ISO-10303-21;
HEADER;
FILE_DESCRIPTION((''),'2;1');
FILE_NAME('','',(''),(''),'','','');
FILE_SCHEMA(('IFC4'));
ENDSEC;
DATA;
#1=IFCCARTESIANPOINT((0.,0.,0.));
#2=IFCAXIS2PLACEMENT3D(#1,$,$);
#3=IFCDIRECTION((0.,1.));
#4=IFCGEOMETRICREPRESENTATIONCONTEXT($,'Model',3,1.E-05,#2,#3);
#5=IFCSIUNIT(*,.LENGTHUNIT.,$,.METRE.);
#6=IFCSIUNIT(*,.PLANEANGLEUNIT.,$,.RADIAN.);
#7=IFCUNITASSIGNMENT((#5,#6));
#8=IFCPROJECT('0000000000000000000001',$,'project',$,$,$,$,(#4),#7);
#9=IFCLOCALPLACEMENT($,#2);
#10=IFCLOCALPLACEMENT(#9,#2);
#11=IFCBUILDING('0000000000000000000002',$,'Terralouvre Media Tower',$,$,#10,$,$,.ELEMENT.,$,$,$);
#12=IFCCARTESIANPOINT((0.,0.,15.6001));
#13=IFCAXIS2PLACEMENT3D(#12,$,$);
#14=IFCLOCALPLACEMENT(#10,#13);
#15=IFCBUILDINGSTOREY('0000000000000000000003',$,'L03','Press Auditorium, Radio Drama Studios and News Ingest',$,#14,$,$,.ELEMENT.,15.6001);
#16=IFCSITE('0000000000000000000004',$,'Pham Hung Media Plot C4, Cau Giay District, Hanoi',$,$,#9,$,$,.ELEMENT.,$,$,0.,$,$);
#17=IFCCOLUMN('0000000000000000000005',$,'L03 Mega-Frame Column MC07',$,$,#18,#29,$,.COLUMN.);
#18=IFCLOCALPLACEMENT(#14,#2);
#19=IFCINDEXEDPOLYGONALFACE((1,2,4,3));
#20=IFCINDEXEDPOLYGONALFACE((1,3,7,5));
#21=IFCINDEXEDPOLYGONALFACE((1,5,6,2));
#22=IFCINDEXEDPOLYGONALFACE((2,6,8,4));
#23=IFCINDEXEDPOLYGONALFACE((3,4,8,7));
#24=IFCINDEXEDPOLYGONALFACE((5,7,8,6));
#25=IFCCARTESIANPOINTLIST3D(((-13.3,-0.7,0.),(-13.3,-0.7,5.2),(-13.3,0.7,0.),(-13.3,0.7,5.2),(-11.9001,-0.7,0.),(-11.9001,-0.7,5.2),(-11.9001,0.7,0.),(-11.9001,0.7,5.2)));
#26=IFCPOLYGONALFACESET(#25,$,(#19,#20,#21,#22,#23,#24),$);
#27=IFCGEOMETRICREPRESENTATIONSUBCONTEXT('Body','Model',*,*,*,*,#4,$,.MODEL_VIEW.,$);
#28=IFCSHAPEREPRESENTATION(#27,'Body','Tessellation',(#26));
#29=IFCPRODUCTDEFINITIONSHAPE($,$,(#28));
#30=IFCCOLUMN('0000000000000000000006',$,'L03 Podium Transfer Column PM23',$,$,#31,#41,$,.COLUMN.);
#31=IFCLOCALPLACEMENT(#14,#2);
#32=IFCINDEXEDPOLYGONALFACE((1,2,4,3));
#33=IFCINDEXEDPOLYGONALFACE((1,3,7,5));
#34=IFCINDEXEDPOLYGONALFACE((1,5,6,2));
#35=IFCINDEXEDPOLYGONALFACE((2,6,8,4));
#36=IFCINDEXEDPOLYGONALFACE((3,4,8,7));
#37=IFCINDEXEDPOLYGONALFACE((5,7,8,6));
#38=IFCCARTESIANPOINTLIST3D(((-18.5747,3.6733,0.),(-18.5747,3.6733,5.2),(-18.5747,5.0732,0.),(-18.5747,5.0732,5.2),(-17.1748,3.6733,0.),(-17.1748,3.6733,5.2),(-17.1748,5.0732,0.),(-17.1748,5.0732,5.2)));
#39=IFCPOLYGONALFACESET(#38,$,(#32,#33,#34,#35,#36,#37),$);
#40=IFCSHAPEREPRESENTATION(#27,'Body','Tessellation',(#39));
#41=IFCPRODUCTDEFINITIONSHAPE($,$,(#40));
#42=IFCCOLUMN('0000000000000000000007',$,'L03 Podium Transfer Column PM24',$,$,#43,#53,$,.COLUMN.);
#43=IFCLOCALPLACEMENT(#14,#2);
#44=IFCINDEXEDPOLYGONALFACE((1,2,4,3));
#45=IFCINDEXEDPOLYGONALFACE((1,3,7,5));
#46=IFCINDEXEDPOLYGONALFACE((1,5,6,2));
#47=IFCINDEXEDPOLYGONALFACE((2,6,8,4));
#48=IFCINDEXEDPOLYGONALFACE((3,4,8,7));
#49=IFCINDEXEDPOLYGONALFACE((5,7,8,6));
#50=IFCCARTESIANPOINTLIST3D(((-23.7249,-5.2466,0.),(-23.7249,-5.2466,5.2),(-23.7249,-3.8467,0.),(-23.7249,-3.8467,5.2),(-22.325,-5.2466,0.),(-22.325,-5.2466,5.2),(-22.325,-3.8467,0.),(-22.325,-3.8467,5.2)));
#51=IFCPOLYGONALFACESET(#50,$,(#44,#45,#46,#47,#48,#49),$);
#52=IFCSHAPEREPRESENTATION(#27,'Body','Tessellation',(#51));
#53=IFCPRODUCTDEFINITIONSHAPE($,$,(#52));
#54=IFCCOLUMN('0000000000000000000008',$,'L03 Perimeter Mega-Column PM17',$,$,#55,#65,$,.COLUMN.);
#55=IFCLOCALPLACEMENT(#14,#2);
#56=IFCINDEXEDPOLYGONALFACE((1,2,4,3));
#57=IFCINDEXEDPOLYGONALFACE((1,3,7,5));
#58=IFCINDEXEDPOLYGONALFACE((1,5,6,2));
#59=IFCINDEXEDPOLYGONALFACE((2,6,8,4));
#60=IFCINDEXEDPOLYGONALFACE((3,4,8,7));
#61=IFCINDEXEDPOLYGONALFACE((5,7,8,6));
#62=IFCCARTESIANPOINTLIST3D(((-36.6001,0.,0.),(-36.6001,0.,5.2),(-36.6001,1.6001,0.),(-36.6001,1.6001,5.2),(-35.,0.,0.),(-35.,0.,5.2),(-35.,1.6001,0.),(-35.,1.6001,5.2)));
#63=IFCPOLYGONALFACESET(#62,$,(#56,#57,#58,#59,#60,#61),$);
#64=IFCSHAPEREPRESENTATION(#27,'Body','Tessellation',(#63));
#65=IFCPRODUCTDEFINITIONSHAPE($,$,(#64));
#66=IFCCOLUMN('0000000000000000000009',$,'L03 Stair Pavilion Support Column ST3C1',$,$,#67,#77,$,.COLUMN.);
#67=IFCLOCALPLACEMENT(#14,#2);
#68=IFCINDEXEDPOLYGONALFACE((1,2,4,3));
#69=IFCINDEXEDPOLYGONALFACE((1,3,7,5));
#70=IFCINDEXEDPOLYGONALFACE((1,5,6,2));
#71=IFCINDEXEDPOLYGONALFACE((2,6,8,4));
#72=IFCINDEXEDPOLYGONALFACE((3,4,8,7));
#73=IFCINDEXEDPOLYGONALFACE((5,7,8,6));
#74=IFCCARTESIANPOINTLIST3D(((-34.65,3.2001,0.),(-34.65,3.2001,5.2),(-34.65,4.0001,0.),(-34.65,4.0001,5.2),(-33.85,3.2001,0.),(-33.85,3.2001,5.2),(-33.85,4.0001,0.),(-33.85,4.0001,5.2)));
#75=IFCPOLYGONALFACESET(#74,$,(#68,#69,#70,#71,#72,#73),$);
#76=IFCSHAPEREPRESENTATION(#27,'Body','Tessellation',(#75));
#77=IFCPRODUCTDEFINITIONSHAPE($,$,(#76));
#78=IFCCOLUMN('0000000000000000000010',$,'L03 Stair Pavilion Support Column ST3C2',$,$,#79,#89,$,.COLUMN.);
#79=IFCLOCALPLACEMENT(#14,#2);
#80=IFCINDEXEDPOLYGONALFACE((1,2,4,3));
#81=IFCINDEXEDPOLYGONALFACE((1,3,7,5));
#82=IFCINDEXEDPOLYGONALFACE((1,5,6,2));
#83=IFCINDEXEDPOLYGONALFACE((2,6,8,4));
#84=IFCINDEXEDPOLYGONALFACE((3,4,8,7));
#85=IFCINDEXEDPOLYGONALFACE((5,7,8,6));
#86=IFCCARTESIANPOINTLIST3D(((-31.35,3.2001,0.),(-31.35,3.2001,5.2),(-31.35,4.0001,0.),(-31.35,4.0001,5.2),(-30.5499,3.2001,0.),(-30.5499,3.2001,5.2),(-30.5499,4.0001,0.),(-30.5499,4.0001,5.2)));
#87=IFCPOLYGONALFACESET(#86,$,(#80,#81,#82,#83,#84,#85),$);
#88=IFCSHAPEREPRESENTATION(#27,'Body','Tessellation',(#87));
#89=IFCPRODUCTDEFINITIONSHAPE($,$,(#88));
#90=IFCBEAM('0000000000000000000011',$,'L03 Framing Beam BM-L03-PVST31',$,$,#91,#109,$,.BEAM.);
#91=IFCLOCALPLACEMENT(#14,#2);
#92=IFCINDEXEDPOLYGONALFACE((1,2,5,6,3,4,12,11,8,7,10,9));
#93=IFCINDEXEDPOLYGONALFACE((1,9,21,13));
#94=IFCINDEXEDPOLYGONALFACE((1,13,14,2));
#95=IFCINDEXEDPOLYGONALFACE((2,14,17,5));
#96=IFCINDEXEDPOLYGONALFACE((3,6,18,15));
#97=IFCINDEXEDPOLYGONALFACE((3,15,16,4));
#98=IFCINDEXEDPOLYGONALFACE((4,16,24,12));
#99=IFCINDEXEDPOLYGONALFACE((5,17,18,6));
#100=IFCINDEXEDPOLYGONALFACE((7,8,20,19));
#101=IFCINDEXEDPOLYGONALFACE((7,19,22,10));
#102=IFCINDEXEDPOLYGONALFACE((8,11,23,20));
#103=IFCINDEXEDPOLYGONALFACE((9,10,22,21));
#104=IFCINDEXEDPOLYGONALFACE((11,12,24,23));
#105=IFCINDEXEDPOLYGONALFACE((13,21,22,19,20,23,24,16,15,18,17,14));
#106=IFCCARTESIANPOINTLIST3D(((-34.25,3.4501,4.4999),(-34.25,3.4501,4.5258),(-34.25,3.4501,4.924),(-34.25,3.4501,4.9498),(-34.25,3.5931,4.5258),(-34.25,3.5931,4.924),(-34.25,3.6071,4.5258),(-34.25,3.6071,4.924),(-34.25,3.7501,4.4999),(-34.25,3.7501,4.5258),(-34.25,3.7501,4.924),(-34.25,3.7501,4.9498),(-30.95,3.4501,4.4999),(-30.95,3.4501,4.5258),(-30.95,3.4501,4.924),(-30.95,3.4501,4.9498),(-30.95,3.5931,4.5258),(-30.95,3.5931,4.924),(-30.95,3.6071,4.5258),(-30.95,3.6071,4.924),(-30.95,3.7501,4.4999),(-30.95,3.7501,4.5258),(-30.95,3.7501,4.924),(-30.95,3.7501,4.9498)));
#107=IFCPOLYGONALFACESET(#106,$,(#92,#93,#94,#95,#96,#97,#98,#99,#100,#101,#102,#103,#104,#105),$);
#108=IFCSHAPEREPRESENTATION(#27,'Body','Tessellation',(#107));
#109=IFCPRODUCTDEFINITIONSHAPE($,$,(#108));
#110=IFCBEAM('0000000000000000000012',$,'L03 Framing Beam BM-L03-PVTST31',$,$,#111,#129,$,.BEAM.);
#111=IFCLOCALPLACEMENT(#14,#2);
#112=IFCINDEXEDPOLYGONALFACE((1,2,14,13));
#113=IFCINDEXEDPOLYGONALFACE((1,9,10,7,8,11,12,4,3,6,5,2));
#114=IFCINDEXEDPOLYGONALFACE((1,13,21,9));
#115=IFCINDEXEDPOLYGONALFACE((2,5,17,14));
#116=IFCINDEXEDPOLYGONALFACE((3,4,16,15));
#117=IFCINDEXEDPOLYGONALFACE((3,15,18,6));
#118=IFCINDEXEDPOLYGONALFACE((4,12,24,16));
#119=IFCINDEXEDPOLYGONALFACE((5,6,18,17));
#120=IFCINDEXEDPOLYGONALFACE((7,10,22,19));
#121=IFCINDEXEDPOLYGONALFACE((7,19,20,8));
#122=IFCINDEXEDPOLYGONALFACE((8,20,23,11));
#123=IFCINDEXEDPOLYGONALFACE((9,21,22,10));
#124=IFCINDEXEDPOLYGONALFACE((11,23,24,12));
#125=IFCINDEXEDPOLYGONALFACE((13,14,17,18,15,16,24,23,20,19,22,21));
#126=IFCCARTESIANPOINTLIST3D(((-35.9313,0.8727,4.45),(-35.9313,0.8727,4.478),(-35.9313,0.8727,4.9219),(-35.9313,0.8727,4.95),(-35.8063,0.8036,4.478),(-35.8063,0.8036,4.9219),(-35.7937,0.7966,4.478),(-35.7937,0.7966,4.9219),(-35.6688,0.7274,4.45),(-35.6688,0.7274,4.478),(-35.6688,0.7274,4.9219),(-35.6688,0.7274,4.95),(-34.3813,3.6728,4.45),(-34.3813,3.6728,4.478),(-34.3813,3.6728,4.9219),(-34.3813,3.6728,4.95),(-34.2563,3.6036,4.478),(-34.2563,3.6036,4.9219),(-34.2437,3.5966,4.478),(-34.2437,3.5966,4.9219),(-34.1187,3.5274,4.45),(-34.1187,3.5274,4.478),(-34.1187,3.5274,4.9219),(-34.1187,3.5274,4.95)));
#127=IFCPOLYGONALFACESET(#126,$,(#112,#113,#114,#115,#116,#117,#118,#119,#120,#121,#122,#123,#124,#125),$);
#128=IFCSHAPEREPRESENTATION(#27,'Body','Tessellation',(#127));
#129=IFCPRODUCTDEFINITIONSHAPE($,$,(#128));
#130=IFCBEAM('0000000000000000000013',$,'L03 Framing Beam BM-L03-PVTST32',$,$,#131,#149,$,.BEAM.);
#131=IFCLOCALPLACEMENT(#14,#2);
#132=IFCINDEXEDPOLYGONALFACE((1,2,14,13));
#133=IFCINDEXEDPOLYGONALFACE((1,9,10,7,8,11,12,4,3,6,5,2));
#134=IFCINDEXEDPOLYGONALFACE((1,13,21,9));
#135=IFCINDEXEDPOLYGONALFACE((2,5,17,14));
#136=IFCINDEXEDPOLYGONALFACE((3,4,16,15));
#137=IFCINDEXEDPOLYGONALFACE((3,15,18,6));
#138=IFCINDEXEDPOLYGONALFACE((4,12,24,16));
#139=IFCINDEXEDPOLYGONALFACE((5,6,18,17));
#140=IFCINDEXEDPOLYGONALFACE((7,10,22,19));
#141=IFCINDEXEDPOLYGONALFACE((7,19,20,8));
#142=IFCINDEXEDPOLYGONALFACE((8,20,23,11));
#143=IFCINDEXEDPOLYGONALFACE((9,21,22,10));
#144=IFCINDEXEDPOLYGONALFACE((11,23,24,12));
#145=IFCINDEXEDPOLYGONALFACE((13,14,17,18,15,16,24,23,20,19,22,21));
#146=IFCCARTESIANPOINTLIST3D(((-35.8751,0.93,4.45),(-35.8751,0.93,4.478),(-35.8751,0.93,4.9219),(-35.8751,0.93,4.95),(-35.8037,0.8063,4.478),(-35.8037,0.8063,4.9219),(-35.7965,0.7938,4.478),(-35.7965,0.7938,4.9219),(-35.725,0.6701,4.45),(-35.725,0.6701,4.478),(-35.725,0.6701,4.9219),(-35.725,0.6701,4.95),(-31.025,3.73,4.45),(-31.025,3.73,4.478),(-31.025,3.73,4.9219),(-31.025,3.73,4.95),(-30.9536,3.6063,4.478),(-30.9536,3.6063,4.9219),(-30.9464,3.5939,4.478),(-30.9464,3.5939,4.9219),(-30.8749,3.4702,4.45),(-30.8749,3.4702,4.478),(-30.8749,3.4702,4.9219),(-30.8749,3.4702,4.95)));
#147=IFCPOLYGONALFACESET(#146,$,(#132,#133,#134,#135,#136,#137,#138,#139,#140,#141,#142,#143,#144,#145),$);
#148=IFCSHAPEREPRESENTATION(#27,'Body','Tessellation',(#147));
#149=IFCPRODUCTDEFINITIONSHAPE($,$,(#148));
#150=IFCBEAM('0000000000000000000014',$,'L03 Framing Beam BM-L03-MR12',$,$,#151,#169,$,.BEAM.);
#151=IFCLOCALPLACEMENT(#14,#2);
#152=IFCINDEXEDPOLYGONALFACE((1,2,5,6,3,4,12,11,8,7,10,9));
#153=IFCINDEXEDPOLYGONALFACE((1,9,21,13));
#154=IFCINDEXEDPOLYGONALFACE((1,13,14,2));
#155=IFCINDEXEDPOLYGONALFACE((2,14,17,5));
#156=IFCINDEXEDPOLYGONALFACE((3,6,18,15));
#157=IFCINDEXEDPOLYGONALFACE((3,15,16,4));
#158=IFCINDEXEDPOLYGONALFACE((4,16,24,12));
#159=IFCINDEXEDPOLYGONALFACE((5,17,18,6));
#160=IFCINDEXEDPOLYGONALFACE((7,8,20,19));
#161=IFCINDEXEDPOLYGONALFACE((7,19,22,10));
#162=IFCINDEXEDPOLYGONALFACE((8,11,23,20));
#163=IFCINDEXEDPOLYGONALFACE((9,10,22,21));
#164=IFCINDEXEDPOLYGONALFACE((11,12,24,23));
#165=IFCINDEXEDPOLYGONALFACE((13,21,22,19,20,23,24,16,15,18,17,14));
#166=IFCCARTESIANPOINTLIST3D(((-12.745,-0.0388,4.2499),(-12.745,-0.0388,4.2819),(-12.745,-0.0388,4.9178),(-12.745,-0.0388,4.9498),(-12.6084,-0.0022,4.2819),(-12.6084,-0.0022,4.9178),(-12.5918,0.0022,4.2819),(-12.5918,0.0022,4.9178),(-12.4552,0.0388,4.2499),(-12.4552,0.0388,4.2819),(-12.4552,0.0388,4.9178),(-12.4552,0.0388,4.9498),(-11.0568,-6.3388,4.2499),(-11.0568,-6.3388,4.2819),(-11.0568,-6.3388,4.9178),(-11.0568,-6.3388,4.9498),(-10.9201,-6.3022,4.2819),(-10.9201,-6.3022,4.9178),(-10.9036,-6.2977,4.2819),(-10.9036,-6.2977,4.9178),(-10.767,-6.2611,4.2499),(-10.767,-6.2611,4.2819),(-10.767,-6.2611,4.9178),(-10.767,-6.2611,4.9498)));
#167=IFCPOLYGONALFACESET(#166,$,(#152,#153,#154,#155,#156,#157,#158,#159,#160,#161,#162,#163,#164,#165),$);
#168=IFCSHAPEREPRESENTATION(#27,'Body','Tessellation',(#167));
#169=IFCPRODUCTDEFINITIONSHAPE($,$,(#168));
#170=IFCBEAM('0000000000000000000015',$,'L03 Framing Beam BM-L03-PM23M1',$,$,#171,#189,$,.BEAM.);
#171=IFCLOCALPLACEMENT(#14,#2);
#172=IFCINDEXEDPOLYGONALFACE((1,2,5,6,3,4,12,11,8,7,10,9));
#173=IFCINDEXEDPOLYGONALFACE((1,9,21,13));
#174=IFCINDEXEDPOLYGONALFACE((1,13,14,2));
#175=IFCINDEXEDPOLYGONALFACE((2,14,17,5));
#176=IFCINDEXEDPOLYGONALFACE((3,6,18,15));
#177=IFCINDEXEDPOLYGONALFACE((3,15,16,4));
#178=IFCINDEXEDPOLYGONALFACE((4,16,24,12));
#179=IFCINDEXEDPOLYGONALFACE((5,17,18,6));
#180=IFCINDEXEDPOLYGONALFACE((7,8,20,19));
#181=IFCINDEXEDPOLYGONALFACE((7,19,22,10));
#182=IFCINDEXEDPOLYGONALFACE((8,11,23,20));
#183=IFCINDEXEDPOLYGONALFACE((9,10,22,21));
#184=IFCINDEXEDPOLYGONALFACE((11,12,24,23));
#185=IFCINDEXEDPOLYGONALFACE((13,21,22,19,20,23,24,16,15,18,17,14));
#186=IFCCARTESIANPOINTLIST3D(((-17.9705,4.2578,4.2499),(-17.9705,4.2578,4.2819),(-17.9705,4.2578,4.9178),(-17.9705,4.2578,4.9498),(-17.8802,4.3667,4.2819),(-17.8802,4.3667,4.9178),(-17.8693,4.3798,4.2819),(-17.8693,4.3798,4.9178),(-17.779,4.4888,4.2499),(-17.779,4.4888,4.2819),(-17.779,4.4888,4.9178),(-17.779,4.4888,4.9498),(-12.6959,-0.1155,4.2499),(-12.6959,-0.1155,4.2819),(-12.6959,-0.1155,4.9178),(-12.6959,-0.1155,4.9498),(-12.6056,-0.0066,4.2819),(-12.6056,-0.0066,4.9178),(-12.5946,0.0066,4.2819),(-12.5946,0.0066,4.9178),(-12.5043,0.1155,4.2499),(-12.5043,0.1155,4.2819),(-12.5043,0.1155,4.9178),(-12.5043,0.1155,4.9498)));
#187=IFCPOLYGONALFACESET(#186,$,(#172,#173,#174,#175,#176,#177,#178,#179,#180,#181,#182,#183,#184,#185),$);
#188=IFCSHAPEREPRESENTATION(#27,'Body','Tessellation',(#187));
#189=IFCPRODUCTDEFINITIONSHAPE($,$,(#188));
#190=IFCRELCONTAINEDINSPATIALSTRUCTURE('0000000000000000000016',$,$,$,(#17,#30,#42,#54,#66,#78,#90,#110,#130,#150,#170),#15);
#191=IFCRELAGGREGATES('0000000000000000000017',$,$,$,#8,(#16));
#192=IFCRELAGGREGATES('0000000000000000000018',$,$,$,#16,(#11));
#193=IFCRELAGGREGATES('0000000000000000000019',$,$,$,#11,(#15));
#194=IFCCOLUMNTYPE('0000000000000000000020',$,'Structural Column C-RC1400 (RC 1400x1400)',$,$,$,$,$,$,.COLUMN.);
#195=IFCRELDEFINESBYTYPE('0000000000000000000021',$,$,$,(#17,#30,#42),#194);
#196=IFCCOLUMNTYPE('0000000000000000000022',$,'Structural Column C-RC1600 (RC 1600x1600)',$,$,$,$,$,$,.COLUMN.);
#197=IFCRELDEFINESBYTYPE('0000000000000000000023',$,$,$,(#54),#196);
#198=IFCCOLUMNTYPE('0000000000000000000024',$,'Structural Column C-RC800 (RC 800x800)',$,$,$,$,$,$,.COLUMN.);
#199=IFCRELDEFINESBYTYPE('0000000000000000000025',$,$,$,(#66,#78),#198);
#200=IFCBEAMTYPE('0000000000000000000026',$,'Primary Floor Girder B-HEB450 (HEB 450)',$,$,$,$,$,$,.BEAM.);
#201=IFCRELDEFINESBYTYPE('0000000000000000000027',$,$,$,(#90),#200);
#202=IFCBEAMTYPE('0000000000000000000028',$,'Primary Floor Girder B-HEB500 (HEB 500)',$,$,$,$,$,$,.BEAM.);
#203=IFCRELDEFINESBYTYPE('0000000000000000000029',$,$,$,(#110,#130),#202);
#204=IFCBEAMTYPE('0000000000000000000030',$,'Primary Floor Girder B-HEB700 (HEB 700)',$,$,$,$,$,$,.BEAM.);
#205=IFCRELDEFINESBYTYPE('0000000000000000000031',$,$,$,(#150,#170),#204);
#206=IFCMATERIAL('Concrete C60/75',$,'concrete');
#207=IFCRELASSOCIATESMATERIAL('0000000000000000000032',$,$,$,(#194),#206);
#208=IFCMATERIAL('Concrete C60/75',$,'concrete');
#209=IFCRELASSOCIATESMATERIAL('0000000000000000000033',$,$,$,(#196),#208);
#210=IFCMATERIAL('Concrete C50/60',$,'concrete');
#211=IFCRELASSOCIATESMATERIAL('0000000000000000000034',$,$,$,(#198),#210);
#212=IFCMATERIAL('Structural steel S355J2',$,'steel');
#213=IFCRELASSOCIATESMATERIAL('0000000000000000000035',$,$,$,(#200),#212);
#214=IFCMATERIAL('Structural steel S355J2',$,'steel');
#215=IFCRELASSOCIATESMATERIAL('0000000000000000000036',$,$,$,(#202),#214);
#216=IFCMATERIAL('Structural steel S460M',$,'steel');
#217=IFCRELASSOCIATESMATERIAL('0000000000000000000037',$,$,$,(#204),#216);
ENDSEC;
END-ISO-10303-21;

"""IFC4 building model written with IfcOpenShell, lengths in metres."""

from ifc_helpers import new_model, si_unit, direction, frame, origin, origin_2d, place, context, subcontext, project, spatial, rectangle, i_section, extrude, material, material_profile, profile_set, type_object, element, save


model = new_model("IFC4")

# Units and contexts
model_context = context("Model", 3, precision=1e-05, world=origin(), true_north=direction((0.0, 1.0)))
body_context = subcontext(model_context, "Body", "Model", "MODEL_VIEW")
ifc_project = project(units=[si_unit("LENGTHUNIT", "METRE"), si_unit("PLANEANGLEUNIT", "RADIAN")], contexts=[model_context])

# Site, building, storey
site_placement = place(None, origin())
site = spatial("IfcSite", under=ifc_project, at=site_placement, Name="Pham Hung Media Plot C4, Cau Giay District, Hanoi", CompositionType="ELEMENT", RefElevation=0.0)
building_placement = place(site_placement, origin())
building = spatial("IfcBuilding", under=site, at=building_placement, Name="Terralouvre Media Tower", CompositionType="ELEMENT")
storey_placement = place(building_placement, frame((0.0, 0.0, 15.6001)))
storey = spatial("IfcBuildingStorey", under=building, at=storey_placement, Name="L03", Description="Press Auditorium, Radio Drama Studios and News Ingest", CompositionType="ELEMENT", Elevation=15.6001)

# Columns
ifc_material_1 = material(Name="Concrete C60/75", Category="concrete")
ifc_material_profile_1 = material_profile(ifc_material_1, rectangle(XDim=1.3999, YDim=1.3999, at=origin_2d()), Name="RC 1400x1400")
ifc_profile_set_1 = profile_set([ifc_material_profile_1], Name="Concrete C60/75")
column_type_1 = type_object("IfcColumnType", Name="Structural Column C-RC1400 (RC 1400x1400)", PredefinedType="COLUMN", material=ifc_profile_set_1)
for number, where, z_axis, x_axis, name in (
    (1, (-12.6001, 0.0, 0.0), (0.0, 0.0, 1.0), (1.0, 0.0, 0.0), "L03 Mega-Frame Column MC07"),
    (2, (-17.8748, 4.3733, 0.0), (0.0, 0.0, 1.0), (1.0, 0.0, 0.0), "L03 Podium Transfer Column PM23"),
    (3, (-23.0249, -4.5466, 0.0), (0.0, 0.0, 1.0), (1.0, 0.0, 0.0), "L03 Podium Transfer Column PM24"),
):
    element("IfcColumn", number, at=place(storey_placement, frame(where, z_axis=z_axis, x_axis=x_axis)), inside=storey, type_object=column_type_1, Name=name, PredefinedType="COLUMN", context=body_context, shape_type="SweptSolid", body=[
        extrude(rectangle(XDim=1.3999, YDim=1.3999, at=origin_2d()), origin(), (0.0, 0.0, 1.0), 5.2),
    ])
ifc_material_2 = material(Name="Concrete C60/75", Category="concrete")
ifc_material_profile_2 = material_profile(ifc_material_2, rectangle(XDim=1.6001, YDim=1.6001, at=origin_2d()), Name="RC 1600x1600")
ifc_profile_set_2 = profile_set([ifc_material_profile_2], Name="Concrete C60/75")
column_type_2 = type_object("IfcColumnType", Name="Structural Column C-RC1600 (RC 1600x1600)", PredefinedType="COLUMN", material=ifc_profile_set_2)
column_placement = place(storey_placement, frame((-35.8, 0.8, 0.0), z_axis=(0.0, 0.0, 1.0), x_axis=(1.0, 0.0, 0.0)))
element("IfcColumn", 4, at=column_placement, inside=storey, type_object=column_type_2, Name="L03 Perimeter Mega-Column PM17", PredefinedType="COLUMN", context=body_context, shape_type="SweptSolid", body=[
    extrude(rectangle(XDim=1.6001, YDim=1.6001, at=origin_2d()), origin(), (0.0, 0.0, 1.0), 5.2),
])
ifc_material_3 = material(Name="Concrete C50/60", Category="concrete")
ifc_material_profile_3 = material_profile(ifc_material_3, rectangle(XDim=0.8, YDim=0.8, at=origin_2d()), Name="RC 800x800")
ifc_profile_set_3 = profile_set([ifc_material_profile_3], Name="Concrete C50/60")
column_type_3 = type_object("IfcColumnType", Name="Structural Column C-RC800 (RC 800x800)", PredefinedType="COLUMN", material=ifc_profile_set_3)
for number, where, z_axis, x_axis, name in (
    (5, (-34.25, 3.6001, 0.0), (0.0, 0.0, 1.0), (1.0, 0.0, 0.0), "L03 Stair Pavilion Support Column ST3C1"),
    (6, (-30.95, 3.6001, 0.0), (0.0, 0.0, 1.0), (1.0, 0.0, 0.0), "L03 Stair Pavilion Support Column ST3C2"),
):
    element("IfcColumn", number, at=place(storey_placement, frame(where, z_axis=z_axis, x_axis=x_axis)), inside=storey, type_object=column_type_3, Name=name, PredefinedType="COLUMN", context=body_context, shape_type="SweptSolid", body=[
        extrude(rectangle(XDim=0.8, YDim=0.8, at=origin_2d()), origin(), (0.0, 0.0, 1.0), 5.2),
    ])

# Beams
ifc_material_4 = material(Name="Structural steel S355J2", Category="steel")
ifc_material_profile_4 = material_profile(ifc_material_4, i_section(OverallWidth=0.3, OverallDepth=0.45, WebThickness=0.0139, FlangeThickness=0.0259, at=origin_2d()), Name="HEB 450")
ifc_profile_set_4 = profile_set([ifc_material_profile_4], Name="Structural steel S355J2")
beam_type_1 = type_object("IfcBeamType", Name="Primary Floor Girder B-HEB450 (HEB 450)", PredefinedType="BEAM", material=ifc_profile_set_4)
beam_1_placement = place(storey_placement, frame((-34.25, 3.6001, 4.7249), z_axis=(1.0, 0.0, 0.0), x_axis=(0.0, 1.0, 0.0)))
element("IfcBeam", 7, at=beam_1_placement, inside=storey, type_object=beam_type_1, Name="L03 Framing Beam BM-L03-PVST31", PredefinedType="BEAM", context=body_context, shape_type="SweptSolid", body=[
    extrude(i_section(OverallWidth=0.3, OverallDepth=0.45, WebThickness=0.0139, FlangeThickness=0.0259, at=origin_2d()), origin(), (0.0, 0.0, 1.0), 3.3),
])
ifc_material_5 = material(Name="Structural steel S355J2", Category="steel")
ifc_material_profile_5 = material_profile(ifc_material_5, i_section(OverallWidth=0.3, OverallDepth=0.5, WebThickness=0.0144, FlangeThickness=0.0281, at=origin_2d()), Name="HEB 500")
ifc_profile_set_5 = profile_set([ifc_material_profile_5], Name="Structural steel S355J2")
beam_type_2 = type_object("IfcBeamType", Name="Primary Floor Girder B-HEB500 (HEB 500)", PredefinedType="BEAM", material=ifc_profile_set_5)
beam_2_placement = place(storey_placement, frame((-34.25, 3.6001, 4.7), z_axis=(-0.484321, -0.87489, 0.0), x_axis=(0.87489, -0.484321, 0.0)))
element("IfcBeam", 8, at=beam_2_placement, inside=storey, type_object=beam_type_2, Name="L03 Framing Beam BM-L03-PVTST31", PredefinedType="BEAM", context=body_context, shape_type="SweptSolid", body=[
    extrude(i_section(OverallWidth=0.3, OverallDepth=0.5, WebThickness=0.0144, FlangeThickness=0.0281, at=origin_2d()), origin(), (0.0, 0.0, 1.0), 3.2004),
])
beam_3_placement = place(storey_placement, frame((-30.95, 3.6001, 4.7), z_axis=(-0.866037, -0.499979, 0.0), x_axis=(0.499979, -0.866037, 0.0)))
element("IfcBeam", 9, at=beam_3_placement, inside=storey, type_object=beam_type_2, Name="L03 Framing Beam BM-L03-PVTST32", PredefinedType="BEAM", context=body_context, shape_type="SweptSolid", body=[
    extrude(i_section(OverallWidth=0.3, OverallDepth=0.5, WebThickness=0.0144, FlangeThickness=0.0281, at=origin_2d()), origin(), (0.0, 0.0, 1.0), 5.6003),
])
ifc_material_6 = material(Name="Structural steel S460M", Category="steel")
ifc_material_profile_6 = material_profile(ifc_material_6, i_section(OverallWidth=0.3, OverallDepth=0.7, WebThickness=0.0171, FlangeThickness=0.032, at=origin_2d()), Name="HEB 700")
ifc_profile_set_6 = profile_set([ifc_material_profile_6], Name="Structural steel S460M")
beam_type_3 = type_object("IfcBeamType", Name="Primary Floor Girder B-HEB700 (HEB 700)", PredefinedType="BEAM", material=ifc_profile_set_6)
beam_4_placement = place(storey_placement, frame((-12.6001, 0.0, 4.5999), z_axis=(0.258839, -0.96592, 0.0), x_axis=(0.96592, 0.258839, 0.0)))
element("IfcBeam", 10, at=beam_4_placement, inside=storey, type_object=beam_type_3, Name="L03 Framing Beam BM-L03-MR12", PredefinedType="BEAM", context=body_context, shape_type="SweptSolid", body=[
    extrude(i_section(OverallWidth=0.3, OverallDepth=0.7, WebThickness=0.0171, FlangeThickness=0.032, at=origin_2d()), origin(), (0.0, 0.0, 1.0), 6.5222),
])
beam_5_placement = place(storey_placement, frame((-12.6001, 0.0, 4.5999), z_axis=(-0.769816, 0.638265, 0.0), x_axis=(-0.638265, -0.769816, 0.0)))
element("IfcBeam", 11, at=beam_5_placement, inside=storey, type_object=beam_type_3, Name="L03 Framing Beam BM-L03-PM23M1", PredefinedType="BEAM", context=body_context, shape_type="SweptSolid", body=[
    extrude(i_section(OverallWidth=0.3, OverallDepth=0.7, WebThickness=0.0171, FlangeThickness=0.032, at=origin_2d()), origin(), (0.0, 0.0, 1.0), 6.8518),
])

save(model, "model.ifc")
